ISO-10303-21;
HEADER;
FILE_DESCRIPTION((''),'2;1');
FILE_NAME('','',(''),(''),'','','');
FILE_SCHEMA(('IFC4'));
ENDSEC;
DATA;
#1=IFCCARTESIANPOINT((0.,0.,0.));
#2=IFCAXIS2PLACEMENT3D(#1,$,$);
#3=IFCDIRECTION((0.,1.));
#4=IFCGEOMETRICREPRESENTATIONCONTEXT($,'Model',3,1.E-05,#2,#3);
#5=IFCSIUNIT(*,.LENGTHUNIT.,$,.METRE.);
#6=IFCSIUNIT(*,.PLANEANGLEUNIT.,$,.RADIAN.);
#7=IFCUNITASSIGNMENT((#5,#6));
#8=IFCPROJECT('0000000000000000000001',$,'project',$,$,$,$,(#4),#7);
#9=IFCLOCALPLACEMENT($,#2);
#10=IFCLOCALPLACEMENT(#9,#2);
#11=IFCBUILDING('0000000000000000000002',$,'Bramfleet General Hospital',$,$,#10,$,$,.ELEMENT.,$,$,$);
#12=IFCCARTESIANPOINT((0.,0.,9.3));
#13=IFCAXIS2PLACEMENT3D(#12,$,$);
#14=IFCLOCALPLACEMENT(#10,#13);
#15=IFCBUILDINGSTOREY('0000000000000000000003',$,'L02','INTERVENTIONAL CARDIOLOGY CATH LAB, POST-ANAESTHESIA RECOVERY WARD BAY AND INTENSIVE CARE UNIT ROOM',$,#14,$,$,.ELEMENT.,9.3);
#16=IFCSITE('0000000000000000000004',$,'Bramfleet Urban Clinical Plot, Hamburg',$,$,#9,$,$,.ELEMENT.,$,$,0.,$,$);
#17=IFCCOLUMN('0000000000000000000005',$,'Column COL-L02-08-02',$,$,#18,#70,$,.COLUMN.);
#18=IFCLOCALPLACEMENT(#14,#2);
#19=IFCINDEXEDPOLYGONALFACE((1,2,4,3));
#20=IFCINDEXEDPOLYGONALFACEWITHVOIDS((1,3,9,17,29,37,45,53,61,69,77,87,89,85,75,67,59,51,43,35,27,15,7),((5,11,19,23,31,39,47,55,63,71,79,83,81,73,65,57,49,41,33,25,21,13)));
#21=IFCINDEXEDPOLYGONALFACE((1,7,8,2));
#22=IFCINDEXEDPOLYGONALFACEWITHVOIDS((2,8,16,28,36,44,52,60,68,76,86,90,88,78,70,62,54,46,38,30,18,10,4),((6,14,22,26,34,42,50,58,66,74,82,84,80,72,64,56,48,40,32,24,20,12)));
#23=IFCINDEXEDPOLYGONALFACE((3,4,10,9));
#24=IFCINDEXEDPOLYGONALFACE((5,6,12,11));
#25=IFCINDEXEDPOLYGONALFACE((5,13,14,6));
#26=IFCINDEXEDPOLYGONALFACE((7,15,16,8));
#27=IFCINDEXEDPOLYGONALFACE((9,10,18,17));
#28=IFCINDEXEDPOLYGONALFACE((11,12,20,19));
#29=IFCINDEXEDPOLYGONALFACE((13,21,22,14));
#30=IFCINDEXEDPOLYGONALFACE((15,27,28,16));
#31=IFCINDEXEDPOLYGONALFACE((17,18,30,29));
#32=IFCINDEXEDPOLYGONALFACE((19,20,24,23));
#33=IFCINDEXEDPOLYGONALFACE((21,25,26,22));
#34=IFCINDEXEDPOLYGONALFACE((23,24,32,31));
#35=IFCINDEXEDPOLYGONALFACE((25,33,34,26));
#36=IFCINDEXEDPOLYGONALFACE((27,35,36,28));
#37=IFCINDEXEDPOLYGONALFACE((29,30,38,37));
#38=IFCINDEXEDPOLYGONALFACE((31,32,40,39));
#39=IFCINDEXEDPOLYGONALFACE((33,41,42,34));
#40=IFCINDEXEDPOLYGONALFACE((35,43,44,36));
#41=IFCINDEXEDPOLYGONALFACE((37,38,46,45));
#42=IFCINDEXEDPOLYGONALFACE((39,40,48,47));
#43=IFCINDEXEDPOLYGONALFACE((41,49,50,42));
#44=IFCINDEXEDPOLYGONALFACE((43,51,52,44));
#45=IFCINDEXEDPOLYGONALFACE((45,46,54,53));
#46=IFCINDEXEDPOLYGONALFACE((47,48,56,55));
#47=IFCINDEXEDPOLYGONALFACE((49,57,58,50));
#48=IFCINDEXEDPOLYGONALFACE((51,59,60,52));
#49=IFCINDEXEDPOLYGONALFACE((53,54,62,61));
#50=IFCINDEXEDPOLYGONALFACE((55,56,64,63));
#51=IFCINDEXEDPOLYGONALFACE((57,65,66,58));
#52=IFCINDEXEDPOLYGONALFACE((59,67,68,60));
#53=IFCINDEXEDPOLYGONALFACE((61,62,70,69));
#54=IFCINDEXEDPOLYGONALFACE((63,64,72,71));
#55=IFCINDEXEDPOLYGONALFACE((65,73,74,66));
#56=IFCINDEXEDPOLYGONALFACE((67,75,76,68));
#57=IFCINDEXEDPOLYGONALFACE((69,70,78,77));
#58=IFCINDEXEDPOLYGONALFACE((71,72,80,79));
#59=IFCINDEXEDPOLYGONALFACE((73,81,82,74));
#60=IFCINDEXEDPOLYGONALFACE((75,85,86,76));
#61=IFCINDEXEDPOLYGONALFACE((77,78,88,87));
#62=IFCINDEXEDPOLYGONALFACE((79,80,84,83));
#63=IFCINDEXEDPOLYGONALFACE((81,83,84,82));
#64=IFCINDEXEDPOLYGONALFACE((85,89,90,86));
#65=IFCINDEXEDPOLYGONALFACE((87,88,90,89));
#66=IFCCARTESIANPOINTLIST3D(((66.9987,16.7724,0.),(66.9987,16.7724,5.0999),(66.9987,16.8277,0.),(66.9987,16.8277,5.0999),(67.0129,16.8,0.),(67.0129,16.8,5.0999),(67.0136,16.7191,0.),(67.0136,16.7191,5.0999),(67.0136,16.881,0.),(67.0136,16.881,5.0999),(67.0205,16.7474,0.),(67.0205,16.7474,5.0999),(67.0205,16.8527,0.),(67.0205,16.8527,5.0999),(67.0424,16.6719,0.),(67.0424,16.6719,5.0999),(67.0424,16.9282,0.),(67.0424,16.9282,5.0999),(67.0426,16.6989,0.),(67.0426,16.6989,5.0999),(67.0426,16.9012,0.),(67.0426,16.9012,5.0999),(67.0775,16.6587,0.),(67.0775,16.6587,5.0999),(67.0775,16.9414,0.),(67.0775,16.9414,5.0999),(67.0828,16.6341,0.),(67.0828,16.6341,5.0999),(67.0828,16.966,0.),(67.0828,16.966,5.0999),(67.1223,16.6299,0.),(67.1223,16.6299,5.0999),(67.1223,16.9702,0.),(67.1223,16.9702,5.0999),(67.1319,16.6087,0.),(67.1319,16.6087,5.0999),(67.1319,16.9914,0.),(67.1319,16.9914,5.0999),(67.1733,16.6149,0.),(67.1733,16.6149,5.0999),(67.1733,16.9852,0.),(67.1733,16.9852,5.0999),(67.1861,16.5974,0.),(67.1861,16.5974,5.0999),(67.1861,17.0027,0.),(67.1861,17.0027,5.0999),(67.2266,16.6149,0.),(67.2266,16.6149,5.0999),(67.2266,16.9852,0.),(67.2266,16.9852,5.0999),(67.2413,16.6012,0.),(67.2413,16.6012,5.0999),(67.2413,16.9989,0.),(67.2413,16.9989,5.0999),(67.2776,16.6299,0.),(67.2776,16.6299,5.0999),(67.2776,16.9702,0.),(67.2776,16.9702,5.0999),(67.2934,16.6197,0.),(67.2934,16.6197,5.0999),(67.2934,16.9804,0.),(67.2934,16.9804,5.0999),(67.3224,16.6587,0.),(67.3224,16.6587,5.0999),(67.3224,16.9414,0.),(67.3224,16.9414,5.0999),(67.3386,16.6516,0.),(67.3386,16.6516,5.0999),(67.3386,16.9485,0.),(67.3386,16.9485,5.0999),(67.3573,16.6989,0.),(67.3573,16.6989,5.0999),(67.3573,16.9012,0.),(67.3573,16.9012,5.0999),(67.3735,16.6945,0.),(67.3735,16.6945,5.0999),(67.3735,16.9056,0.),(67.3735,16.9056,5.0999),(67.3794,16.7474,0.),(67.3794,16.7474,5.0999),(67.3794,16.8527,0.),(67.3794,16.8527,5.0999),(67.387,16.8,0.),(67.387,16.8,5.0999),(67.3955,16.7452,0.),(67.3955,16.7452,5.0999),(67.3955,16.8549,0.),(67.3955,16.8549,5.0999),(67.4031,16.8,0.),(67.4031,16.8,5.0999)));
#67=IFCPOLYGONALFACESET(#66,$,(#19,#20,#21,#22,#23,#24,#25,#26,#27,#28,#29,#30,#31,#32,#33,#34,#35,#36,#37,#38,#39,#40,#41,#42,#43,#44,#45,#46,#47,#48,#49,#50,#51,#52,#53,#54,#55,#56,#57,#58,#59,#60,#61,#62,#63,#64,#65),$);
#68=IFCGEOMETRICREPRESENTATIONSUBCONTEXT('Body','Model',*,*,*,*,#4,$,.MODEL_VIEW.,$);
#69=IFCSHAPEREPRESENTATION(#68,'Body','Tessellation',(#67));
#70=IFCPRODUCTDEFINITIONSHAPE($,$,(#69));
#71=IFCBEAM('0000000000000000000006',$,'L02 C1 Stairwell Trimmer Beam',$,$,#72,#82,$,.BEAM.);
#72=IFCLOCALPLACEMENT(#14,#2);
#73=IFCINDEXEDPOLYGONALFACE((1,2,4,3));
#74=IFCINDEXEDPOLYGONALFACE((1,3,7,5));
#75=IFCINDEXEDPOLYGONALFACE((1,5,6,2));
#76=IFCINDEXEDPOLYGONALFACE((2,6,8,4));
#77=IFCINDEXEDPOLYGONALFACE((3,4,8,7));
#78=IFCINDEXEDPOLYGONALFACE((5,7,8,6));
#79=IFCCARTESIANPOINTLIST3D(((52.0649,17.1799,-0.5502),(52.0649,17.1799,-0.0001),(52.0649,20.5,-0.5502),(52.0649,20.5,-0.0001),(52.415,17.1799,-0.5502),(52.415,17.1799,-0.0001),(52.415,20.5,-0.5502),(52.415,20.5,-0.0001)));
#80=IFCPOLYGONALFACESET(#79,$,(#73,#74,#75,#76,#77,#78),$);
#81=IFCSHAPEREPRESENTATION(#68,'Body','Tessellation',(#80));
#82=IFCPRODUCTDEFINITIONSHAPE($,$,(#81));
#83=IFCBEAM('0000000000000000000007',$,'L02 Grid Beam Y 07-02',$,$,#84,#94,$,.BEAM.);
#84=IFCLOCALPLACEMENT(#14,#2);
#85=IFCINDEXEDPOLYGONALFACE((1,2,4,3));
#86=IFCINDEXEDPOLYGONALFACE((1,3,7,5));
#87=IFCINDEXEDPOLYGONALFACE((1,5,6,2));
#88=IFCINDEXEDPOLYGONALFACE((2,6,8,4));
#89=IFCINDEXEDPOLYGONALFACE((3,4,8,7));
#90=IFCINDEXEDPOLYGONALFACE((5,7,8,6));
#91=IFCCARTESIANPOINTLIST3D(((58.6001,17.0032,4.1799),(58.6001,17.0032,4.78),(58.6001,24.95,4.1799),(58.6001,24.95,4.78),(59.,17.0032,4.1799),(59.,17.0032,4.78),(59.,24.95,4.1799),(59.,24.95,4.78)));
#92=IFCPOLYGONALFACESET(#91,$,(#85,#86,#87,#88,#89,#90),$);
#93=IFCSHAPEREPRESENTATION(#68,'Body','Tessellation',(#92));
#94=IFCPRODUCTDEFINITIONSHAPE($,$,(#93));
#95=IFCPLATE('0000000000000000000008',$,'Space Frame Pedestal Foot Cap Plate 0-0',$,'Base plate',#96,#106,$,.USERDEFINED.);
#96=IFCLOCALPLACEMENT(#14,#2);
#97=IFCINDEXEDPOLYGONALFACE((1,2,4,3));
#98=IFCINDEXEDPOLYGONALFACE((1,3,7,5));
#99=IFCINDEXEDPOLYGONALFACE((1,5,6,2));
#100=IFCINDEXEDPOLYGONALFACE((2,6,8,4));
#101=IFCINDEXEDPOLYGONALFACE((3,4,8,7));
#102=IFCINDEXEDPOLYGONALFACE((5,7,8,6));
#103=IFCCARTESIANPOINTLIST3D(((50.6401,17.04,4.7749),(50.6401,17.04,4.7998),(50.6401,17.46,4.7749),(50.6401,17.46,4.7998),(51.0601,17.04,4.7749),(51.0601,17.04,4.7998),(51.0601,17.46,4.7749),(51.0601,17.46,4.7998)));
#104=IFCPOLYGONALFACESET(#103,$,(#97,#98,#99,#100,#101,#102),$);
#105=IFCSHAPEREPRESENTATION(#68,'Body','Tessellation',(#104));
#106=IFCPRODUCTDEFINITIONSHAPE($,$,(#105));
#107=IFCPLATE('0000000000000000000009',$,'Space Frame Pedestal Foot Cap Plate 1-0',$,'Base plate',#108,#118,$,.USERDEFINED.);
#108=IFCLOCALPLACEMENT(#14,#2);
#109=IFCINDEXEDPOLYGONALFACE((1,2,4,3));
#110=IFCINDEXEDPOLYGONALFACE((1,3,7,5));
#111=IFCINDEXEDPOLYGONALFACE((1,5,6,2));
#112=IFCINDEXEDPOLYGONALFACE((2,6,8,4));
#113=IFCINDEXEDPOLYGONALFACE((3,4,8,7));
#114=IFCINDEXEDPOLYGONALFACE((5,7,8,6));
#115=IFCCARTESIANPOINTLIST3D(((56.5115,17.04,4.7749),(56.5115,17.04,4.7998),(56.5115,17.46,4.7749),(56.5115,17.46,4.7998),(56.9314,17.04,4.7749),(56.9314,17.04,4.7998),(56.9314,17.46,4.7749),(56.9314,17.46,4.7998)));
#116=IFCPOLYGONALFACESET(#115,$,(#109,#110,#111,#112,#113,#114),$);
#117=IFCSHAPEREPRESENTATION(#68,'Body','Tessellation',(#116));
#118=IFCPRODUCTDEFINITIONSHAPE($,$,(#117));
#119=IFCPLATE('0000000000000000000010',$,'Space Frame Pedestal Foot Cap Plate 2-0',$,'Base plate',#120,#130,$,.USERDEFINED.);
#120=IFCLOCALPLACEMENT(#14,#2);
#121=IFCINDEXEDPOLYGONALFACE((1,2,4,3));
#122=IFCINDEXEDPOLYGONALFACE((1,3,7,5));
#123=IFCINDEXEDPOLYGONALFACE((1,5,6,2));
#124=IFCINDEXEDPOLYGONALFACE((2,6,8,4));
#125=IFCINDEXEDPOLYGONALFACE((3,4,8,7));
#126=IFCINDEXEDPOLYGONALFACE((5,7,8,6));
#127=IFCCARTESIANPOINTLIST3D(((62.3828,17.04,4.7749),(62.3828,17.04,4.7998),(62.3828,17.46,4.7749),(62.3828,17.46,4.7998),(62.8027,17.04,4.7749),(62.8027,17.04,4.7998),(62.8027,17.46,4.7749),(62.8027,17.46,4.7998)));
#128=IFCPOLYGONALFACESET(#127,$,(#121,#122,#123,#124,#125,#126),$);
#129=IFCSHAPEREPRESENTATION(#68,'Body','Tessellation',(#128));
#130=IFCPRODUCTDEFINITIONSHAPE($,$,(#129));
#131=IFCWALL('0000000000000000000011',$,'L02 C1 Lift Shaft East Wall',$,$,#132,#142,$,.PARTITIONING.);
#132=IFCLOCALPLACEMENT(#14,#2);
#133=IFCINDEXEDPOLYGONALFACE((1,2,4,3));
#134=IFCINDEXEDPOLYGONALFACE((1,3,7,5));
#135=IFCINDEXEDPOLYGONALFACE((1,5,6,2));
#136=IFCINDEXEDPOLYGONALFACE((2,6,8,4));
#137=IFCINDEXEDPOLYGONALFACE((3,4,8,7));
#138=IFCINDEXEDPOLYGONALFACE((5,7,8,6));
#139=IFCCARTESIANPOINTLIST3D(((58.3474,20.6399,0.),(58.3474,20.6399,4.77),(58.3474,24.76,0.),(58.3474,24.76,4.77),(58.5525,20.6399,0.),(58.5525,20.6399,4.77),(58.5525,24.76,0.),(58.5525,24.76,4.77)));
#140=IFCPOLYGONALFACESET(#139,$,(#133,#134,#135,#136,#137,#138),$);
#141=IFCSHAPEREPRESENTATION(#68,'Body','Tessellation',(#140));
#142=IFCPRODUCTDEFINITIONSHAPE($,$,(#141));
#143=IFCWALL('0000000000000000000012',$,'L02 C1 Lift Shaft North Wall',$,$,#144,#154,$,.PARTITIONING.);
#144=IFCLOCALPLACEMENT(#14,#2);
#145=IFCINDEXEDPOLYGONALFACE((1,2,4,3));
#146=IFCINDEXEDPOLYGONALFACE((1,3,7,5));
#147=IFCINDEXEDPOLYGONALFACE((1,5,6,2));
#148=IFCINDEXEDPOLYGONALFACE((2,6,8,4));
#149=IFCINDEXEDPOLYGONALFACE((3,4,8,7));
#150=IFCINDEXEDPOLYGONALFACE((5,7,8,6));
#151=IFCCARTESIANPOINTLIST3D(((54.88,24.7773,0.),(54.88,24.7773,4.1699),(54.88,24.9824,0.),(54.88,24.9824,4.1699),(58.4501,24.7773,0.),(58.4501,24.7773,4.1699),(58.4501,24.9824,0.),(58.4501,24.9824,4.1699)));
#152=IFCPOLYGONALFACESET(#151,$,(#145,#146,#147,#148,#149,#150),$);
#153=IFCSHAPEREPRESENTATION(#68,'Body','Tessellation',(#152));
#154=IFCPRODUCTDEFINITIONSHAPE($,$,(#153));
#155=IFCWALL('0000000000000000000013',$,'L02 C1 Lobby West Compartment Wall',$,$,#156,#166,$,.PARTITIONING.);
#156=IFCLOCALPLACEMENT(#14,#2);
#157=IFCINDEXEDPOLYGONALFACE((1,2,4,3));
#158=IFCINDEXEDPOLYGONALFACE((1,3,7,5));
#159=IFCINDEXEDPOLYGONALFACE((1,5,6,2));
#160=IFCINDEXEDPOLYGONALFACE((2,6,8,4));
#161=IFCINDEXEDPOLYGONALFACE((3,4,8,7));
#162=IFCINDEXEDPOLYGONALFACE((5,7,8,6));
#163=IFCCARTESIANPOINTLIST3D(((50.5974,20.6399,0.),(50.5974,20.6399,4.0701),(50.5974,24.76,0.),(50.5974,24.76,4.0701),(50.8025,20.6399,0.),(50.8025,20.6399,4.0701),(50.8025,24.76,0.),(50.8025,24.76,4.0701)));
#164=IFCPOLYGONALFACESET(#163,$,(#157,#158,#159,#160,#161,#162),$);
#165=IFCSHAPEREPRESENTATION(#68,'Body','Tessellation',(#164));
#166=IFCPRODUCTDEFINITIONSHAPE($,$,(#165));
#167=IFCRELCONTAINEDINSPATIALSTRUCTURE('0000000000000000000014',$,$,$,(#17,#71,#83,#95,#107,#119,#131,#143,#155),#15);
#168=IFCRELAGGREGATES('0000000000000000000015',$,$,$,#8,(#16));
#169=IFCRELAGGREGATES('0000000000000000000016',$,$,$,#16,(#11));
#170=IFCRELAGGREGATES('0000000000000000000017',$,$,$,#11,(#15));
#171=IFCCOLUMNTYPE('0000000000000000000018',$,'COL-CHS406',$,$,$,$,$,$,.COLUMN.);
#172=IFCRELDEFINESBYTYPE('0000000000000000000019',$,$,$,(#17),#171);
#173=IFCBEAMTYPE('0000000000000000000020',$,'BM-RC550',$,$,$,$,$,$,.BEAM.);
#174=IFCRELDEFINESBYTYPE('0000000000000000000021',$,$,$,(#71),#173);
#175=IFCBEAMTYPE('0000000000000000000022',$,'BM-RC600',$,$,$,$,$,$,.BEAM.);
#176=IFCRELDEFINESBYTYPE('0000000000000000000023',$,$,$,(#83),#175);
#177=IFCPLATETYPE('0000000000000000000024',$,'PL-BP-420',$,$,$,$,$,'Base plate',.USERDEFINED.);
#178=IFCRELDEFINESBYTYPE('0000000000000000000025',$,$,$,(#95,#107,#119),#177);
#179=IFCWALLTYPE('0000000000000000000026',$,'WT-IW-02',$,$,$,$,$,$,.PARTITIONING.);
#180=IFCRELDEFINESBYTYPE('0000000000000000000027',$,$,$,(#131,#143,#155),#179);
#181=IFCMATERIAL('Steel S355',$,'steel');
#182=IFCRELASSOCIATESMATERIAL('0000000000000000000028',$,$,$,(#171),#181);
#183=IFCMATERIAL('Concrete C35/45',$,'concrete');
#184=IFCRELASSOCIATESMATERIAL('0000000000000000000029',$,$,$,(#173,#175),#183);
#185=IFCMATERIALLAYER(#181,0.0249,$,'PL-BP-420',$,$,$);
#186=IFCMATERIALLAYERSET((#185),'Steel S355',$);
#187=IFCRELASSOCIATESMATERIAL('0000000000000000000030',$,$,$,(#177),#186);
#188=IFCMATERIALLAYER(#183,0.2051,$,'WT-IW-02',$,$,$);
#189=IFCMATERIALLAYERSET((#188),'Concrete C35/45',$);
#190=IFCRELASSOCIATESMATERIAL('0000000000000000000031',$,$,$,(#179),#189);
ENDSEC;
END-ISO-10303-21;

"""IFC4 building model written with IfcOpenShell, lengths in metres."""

from ifc_helpers import new_model, si_unit, direction, frame, frame_2d, origin, origin_2d, place, context, subcontext, project, spatial, rectangle, hollow_circle, extrude, material, layer, layer_set, material_profile, profile_set, type_object, element, save


model = new_model("IFC4")

# Units and contexts
model_context = context("Model", 3, precision=1e-05, world=origin(), true_north=direction((0.0, 1.0)))
body_context = subcontext(model_context, "Body", "Model", "MODEL_VIEW")
ifc_project = project(units=[si_unit("LENGTHUNIT", "METRE"), si_unit("PLANEANGLEUNIT", "RADIAN")], contexts=[model_context])

# Site, building, storey
site_placement = place(None, origin())
site = spatial("IfcSite", under=ifc_project, at=site_placement, Name="Bramfleet Urban Clinical Plot, Hamburg", CompositionType="ELEMENT", RefElevation=0.0)
building_placement = place(site_placement, origin())
building = spatial("IfcBuilding", under=site, at=building_placement, Name="Bramfleet General Hospital", CompositionType="ELEMENT")
storey_placement = place(building_placement, frame((0.0, 0.0, 9.3)))
storey = spatial("IfcBuildingStorey", under=building, at=storey_placement, Name="L02", Description="INTERVENTIONAL CARDIOLOGY CATH LAB, POST-ANAESTHESIA RECOVERY WARD BAY AND INTENSIVE CARE UNIT ROOM", CompositionType="ELEMENT", Elevation=9.3)

# Column
ifc_material_1 = material(Name="Steel S355", Category="steel")
ifc_material_profile_1 = material_profile(ifc_material_1, hollow_circle(Radius=0.2031, WallThickness=0.0161, at=origin_2d()), Name="CHS 406.4x16.0")
ifc_profile_set_1 = profile_set([ifc_material_profile_1], Name="Steel S355")
column_type = type_object("IfcColumnType", Name="COL-CHS406", PredefinedType="COLUMN", material=ifc_profile_set_1)
column_placement = place(storey_placement, frame((67.2, 16.8, 0.0), z_axis=(0.0, 0.0, 1.0), x_axis=(1.0, 0.0, 0.0)))
element("IfcColumn", 1, at=column_placement, inside=storey, type_object=column_type, Name="Column COL-L02-08-02", PredefinedType="COLUMN", context=body_context, shape_type="SweptSolid", body=[
    extrude(hollow_circle(Radius=0.2031, WallThickness=0.0161, at=origin_2d()), origin(), (0.0, 0.0, 1.0), 5.0999),
])

# Beams
ifc_material_2 = material(Name="Concrete C35/45", Category="concrete")
ifc_material_profile_2 = material_profile(ifc_material_2, rectangle(XDim=0.3501, YDim=0.55, at=origin_2d()), Name="RC BM 550x350")
ifc_profile_set_2 = profile_set([ifc_material_profile_2], Name="Concrete C35/45")
beam_type_1 = type_object("IfcBeamType", Name="BM-RC550", PredefinedType="BEAM", material=ifc_profile_set_2)
beam_1_placement = place(storey_placement, frame((52.24, 17.1799, -0.2751), z_axis=(0.0, 1.0, 0.0), x_axis=(-1.0, 0.0, 0.0)))
element("IfcBeam", 2, at=beam_1_placement, inside=storey, type_object=beam_type_1, Name="L02 C1 Stairwell Trimmer Beam", PredefinedType="BEAM", context=body_context, shape_type="SweptSolid", body=[
    extrude(rectangle(XDim=0.3501, YDim=0.55, at=origin_2d()), origin(), (0.0, 0.0, 1.0), 3.3201),
])
ifc_material_profile_3 = material_profile(ifc_material_2, rectangle(XDim=0.3999, YDim=0.6001, at=origin_2d()), Name="RC BM 600x400")
ifc_profile_set_3 = profile_set([ifc_material_profile_3], Name="Concrete C35/45")
beam_type_2 = type_object("IfcBeamType", Name="BM-RC600", PredefinedType="BEAM", material=ifc_profile_set_3)
beam_2_placement = place(storey_placement, frame((58.8, 17.0032, 4.48), z_axis=(0.0, 1.0, 0.0), x_axis=(-1.0, 0.0, 0.0)))
element("IfcBeam", 3, at=beam_2_placement, inside=storey, type_object=beam_type_2, Name="L02 Grid Beam Y 07-02", PredefinedType="BEAM", context=body_context, shape_type="SweptSolid", body=[
    extrude(rectangle(XDim=0.3999, YDim=0.6001, at=origin_2d()), origin(), (0.0, 0.0, 1.0), 7.9468),
])

# Plates
ifc_layer_1 = layer(ifc_material_1, 0.0249, Name="PL-BP-420")
ifc_layer_set_1 = layer_set([ifc_layer_1], Name="Steel S355")
plate_type = type_object("IfcPlateType", Name="PL-BP-420", ElementType="Base plate", PredefinedType="USERDEFINED", material=ifc_layer_set_1)
for number, where, z_axis, x_axis, name in (
    (4, (50.8501, 17.25, 4.7749), (0.0, 0.0, 1.0), (1.0, 0.0, 0.0), "Space Frame Pedestal Foot Cap Plate 0-0"),
    (5, (56.7214, 17.25, 4.7749), (0.0, 0.0, 1.0), (1.0, 0.0, 0.0), "Space Frame Pedestal Foot Cap Plate 1-0"),
    (6, (62.5928, 17.25, 4.7749), (0.0, 0.0, 1.0), (1.0, 0.0, 0.0), "Space Frame Pedestal Foot Cap Plate 2-0"),
):
    element("IfcPlate", number, at=place(storey_placement, frame(where, z_axis=z_axis, x_axis=x_axis)), inside=storey, type_object=plate_type, Name=name, ObjectType="Base plate", PredefinedType="USERDEFINED", context=body_context, shape_type="SweptSolid", body=[
        extrude(rectangle(XDim=0.4199, YDim=0.4199, at=origin_2d()), origin(), (0.0, 0.0, 1.0), 0.0249),
    ])

# Shared definitions
ifc_layer_2 = layer(ifc_material_2, 0.2051, Name="WT-IW-02")
ifc_layer_set_2 = layer_set([ifc_layer_2], Name="Concrete C35/45")
wall_type_1 = type_object("IfcWallType", Name="WT-IW-02", PredefinedType="PARTITIONING", material=ifc_layer_set_2)

# Walls
wall_1_placement = place(storey_placement, frame((58.45, 20.6399, 0.0), z_axis=(0.0, 0.0, 1.0), x_axis=(0.0, 1.0, 0.0)))
element("IfcWall", 7, at=wall_1_placement, inside=storey, type_object=wall_type_1, Name="L02 C1 Lift Shaft East Wall", PredefinedType="PARTITIONING", context=body_context, shape_type="SweptSolid", body=[
    extrude(rectangle(XDim=4.1201, YDim=0.2051, at=frame_2d((2.0601, 0.0))), origin(), (0.0, 0.0, 1.0), 4.77),
])
wall_2_placement = place(storey_placement, frame((54.8799, 24.8799, 0.0), z_axis=(0.0, 0.0, 1.0), x_axis=(1.0, 0.0, 0.0)))
element("IfcWall", 8, at=wall_2_placement, inside=storey, type_object=wall_type_1, Name="L02 C1 Lift Shaft North Wall", PredefinedType="PARTITIONING", context=body_context, shape_type="SweptSolid", body=[
    extrude(rectangle(XDim=3.5701, YDim=0.2051, at=frame_2d((1.7852, 0.0))), origin(), (0.0, 0.0, 1.0), 4.1699),
])
wall_3_placement = place(storey_placement, frame((50.7, 20.6399, 0.0), z_axis=(0.0, 0.0, 1.0), x_axis=(0.0, 1.0, 0.0)))
element("IfcWall", 9, at=wall_3_placement, inside=storey, type_object=wall_type_1, Name="L02 C1 Lobby West Compartment Wall", PredefinedType="PARTITIONING", context=body_context, shape_type="SweptSolid", body=[
    extrude(rectangle(XDim=4.1201, YDim=0.2051, at=frame_2d((2.0601, 0.0))), origin(), (0.0, 0.0, 1.0), 4.0701),
])

save(model, "model.ifc")
